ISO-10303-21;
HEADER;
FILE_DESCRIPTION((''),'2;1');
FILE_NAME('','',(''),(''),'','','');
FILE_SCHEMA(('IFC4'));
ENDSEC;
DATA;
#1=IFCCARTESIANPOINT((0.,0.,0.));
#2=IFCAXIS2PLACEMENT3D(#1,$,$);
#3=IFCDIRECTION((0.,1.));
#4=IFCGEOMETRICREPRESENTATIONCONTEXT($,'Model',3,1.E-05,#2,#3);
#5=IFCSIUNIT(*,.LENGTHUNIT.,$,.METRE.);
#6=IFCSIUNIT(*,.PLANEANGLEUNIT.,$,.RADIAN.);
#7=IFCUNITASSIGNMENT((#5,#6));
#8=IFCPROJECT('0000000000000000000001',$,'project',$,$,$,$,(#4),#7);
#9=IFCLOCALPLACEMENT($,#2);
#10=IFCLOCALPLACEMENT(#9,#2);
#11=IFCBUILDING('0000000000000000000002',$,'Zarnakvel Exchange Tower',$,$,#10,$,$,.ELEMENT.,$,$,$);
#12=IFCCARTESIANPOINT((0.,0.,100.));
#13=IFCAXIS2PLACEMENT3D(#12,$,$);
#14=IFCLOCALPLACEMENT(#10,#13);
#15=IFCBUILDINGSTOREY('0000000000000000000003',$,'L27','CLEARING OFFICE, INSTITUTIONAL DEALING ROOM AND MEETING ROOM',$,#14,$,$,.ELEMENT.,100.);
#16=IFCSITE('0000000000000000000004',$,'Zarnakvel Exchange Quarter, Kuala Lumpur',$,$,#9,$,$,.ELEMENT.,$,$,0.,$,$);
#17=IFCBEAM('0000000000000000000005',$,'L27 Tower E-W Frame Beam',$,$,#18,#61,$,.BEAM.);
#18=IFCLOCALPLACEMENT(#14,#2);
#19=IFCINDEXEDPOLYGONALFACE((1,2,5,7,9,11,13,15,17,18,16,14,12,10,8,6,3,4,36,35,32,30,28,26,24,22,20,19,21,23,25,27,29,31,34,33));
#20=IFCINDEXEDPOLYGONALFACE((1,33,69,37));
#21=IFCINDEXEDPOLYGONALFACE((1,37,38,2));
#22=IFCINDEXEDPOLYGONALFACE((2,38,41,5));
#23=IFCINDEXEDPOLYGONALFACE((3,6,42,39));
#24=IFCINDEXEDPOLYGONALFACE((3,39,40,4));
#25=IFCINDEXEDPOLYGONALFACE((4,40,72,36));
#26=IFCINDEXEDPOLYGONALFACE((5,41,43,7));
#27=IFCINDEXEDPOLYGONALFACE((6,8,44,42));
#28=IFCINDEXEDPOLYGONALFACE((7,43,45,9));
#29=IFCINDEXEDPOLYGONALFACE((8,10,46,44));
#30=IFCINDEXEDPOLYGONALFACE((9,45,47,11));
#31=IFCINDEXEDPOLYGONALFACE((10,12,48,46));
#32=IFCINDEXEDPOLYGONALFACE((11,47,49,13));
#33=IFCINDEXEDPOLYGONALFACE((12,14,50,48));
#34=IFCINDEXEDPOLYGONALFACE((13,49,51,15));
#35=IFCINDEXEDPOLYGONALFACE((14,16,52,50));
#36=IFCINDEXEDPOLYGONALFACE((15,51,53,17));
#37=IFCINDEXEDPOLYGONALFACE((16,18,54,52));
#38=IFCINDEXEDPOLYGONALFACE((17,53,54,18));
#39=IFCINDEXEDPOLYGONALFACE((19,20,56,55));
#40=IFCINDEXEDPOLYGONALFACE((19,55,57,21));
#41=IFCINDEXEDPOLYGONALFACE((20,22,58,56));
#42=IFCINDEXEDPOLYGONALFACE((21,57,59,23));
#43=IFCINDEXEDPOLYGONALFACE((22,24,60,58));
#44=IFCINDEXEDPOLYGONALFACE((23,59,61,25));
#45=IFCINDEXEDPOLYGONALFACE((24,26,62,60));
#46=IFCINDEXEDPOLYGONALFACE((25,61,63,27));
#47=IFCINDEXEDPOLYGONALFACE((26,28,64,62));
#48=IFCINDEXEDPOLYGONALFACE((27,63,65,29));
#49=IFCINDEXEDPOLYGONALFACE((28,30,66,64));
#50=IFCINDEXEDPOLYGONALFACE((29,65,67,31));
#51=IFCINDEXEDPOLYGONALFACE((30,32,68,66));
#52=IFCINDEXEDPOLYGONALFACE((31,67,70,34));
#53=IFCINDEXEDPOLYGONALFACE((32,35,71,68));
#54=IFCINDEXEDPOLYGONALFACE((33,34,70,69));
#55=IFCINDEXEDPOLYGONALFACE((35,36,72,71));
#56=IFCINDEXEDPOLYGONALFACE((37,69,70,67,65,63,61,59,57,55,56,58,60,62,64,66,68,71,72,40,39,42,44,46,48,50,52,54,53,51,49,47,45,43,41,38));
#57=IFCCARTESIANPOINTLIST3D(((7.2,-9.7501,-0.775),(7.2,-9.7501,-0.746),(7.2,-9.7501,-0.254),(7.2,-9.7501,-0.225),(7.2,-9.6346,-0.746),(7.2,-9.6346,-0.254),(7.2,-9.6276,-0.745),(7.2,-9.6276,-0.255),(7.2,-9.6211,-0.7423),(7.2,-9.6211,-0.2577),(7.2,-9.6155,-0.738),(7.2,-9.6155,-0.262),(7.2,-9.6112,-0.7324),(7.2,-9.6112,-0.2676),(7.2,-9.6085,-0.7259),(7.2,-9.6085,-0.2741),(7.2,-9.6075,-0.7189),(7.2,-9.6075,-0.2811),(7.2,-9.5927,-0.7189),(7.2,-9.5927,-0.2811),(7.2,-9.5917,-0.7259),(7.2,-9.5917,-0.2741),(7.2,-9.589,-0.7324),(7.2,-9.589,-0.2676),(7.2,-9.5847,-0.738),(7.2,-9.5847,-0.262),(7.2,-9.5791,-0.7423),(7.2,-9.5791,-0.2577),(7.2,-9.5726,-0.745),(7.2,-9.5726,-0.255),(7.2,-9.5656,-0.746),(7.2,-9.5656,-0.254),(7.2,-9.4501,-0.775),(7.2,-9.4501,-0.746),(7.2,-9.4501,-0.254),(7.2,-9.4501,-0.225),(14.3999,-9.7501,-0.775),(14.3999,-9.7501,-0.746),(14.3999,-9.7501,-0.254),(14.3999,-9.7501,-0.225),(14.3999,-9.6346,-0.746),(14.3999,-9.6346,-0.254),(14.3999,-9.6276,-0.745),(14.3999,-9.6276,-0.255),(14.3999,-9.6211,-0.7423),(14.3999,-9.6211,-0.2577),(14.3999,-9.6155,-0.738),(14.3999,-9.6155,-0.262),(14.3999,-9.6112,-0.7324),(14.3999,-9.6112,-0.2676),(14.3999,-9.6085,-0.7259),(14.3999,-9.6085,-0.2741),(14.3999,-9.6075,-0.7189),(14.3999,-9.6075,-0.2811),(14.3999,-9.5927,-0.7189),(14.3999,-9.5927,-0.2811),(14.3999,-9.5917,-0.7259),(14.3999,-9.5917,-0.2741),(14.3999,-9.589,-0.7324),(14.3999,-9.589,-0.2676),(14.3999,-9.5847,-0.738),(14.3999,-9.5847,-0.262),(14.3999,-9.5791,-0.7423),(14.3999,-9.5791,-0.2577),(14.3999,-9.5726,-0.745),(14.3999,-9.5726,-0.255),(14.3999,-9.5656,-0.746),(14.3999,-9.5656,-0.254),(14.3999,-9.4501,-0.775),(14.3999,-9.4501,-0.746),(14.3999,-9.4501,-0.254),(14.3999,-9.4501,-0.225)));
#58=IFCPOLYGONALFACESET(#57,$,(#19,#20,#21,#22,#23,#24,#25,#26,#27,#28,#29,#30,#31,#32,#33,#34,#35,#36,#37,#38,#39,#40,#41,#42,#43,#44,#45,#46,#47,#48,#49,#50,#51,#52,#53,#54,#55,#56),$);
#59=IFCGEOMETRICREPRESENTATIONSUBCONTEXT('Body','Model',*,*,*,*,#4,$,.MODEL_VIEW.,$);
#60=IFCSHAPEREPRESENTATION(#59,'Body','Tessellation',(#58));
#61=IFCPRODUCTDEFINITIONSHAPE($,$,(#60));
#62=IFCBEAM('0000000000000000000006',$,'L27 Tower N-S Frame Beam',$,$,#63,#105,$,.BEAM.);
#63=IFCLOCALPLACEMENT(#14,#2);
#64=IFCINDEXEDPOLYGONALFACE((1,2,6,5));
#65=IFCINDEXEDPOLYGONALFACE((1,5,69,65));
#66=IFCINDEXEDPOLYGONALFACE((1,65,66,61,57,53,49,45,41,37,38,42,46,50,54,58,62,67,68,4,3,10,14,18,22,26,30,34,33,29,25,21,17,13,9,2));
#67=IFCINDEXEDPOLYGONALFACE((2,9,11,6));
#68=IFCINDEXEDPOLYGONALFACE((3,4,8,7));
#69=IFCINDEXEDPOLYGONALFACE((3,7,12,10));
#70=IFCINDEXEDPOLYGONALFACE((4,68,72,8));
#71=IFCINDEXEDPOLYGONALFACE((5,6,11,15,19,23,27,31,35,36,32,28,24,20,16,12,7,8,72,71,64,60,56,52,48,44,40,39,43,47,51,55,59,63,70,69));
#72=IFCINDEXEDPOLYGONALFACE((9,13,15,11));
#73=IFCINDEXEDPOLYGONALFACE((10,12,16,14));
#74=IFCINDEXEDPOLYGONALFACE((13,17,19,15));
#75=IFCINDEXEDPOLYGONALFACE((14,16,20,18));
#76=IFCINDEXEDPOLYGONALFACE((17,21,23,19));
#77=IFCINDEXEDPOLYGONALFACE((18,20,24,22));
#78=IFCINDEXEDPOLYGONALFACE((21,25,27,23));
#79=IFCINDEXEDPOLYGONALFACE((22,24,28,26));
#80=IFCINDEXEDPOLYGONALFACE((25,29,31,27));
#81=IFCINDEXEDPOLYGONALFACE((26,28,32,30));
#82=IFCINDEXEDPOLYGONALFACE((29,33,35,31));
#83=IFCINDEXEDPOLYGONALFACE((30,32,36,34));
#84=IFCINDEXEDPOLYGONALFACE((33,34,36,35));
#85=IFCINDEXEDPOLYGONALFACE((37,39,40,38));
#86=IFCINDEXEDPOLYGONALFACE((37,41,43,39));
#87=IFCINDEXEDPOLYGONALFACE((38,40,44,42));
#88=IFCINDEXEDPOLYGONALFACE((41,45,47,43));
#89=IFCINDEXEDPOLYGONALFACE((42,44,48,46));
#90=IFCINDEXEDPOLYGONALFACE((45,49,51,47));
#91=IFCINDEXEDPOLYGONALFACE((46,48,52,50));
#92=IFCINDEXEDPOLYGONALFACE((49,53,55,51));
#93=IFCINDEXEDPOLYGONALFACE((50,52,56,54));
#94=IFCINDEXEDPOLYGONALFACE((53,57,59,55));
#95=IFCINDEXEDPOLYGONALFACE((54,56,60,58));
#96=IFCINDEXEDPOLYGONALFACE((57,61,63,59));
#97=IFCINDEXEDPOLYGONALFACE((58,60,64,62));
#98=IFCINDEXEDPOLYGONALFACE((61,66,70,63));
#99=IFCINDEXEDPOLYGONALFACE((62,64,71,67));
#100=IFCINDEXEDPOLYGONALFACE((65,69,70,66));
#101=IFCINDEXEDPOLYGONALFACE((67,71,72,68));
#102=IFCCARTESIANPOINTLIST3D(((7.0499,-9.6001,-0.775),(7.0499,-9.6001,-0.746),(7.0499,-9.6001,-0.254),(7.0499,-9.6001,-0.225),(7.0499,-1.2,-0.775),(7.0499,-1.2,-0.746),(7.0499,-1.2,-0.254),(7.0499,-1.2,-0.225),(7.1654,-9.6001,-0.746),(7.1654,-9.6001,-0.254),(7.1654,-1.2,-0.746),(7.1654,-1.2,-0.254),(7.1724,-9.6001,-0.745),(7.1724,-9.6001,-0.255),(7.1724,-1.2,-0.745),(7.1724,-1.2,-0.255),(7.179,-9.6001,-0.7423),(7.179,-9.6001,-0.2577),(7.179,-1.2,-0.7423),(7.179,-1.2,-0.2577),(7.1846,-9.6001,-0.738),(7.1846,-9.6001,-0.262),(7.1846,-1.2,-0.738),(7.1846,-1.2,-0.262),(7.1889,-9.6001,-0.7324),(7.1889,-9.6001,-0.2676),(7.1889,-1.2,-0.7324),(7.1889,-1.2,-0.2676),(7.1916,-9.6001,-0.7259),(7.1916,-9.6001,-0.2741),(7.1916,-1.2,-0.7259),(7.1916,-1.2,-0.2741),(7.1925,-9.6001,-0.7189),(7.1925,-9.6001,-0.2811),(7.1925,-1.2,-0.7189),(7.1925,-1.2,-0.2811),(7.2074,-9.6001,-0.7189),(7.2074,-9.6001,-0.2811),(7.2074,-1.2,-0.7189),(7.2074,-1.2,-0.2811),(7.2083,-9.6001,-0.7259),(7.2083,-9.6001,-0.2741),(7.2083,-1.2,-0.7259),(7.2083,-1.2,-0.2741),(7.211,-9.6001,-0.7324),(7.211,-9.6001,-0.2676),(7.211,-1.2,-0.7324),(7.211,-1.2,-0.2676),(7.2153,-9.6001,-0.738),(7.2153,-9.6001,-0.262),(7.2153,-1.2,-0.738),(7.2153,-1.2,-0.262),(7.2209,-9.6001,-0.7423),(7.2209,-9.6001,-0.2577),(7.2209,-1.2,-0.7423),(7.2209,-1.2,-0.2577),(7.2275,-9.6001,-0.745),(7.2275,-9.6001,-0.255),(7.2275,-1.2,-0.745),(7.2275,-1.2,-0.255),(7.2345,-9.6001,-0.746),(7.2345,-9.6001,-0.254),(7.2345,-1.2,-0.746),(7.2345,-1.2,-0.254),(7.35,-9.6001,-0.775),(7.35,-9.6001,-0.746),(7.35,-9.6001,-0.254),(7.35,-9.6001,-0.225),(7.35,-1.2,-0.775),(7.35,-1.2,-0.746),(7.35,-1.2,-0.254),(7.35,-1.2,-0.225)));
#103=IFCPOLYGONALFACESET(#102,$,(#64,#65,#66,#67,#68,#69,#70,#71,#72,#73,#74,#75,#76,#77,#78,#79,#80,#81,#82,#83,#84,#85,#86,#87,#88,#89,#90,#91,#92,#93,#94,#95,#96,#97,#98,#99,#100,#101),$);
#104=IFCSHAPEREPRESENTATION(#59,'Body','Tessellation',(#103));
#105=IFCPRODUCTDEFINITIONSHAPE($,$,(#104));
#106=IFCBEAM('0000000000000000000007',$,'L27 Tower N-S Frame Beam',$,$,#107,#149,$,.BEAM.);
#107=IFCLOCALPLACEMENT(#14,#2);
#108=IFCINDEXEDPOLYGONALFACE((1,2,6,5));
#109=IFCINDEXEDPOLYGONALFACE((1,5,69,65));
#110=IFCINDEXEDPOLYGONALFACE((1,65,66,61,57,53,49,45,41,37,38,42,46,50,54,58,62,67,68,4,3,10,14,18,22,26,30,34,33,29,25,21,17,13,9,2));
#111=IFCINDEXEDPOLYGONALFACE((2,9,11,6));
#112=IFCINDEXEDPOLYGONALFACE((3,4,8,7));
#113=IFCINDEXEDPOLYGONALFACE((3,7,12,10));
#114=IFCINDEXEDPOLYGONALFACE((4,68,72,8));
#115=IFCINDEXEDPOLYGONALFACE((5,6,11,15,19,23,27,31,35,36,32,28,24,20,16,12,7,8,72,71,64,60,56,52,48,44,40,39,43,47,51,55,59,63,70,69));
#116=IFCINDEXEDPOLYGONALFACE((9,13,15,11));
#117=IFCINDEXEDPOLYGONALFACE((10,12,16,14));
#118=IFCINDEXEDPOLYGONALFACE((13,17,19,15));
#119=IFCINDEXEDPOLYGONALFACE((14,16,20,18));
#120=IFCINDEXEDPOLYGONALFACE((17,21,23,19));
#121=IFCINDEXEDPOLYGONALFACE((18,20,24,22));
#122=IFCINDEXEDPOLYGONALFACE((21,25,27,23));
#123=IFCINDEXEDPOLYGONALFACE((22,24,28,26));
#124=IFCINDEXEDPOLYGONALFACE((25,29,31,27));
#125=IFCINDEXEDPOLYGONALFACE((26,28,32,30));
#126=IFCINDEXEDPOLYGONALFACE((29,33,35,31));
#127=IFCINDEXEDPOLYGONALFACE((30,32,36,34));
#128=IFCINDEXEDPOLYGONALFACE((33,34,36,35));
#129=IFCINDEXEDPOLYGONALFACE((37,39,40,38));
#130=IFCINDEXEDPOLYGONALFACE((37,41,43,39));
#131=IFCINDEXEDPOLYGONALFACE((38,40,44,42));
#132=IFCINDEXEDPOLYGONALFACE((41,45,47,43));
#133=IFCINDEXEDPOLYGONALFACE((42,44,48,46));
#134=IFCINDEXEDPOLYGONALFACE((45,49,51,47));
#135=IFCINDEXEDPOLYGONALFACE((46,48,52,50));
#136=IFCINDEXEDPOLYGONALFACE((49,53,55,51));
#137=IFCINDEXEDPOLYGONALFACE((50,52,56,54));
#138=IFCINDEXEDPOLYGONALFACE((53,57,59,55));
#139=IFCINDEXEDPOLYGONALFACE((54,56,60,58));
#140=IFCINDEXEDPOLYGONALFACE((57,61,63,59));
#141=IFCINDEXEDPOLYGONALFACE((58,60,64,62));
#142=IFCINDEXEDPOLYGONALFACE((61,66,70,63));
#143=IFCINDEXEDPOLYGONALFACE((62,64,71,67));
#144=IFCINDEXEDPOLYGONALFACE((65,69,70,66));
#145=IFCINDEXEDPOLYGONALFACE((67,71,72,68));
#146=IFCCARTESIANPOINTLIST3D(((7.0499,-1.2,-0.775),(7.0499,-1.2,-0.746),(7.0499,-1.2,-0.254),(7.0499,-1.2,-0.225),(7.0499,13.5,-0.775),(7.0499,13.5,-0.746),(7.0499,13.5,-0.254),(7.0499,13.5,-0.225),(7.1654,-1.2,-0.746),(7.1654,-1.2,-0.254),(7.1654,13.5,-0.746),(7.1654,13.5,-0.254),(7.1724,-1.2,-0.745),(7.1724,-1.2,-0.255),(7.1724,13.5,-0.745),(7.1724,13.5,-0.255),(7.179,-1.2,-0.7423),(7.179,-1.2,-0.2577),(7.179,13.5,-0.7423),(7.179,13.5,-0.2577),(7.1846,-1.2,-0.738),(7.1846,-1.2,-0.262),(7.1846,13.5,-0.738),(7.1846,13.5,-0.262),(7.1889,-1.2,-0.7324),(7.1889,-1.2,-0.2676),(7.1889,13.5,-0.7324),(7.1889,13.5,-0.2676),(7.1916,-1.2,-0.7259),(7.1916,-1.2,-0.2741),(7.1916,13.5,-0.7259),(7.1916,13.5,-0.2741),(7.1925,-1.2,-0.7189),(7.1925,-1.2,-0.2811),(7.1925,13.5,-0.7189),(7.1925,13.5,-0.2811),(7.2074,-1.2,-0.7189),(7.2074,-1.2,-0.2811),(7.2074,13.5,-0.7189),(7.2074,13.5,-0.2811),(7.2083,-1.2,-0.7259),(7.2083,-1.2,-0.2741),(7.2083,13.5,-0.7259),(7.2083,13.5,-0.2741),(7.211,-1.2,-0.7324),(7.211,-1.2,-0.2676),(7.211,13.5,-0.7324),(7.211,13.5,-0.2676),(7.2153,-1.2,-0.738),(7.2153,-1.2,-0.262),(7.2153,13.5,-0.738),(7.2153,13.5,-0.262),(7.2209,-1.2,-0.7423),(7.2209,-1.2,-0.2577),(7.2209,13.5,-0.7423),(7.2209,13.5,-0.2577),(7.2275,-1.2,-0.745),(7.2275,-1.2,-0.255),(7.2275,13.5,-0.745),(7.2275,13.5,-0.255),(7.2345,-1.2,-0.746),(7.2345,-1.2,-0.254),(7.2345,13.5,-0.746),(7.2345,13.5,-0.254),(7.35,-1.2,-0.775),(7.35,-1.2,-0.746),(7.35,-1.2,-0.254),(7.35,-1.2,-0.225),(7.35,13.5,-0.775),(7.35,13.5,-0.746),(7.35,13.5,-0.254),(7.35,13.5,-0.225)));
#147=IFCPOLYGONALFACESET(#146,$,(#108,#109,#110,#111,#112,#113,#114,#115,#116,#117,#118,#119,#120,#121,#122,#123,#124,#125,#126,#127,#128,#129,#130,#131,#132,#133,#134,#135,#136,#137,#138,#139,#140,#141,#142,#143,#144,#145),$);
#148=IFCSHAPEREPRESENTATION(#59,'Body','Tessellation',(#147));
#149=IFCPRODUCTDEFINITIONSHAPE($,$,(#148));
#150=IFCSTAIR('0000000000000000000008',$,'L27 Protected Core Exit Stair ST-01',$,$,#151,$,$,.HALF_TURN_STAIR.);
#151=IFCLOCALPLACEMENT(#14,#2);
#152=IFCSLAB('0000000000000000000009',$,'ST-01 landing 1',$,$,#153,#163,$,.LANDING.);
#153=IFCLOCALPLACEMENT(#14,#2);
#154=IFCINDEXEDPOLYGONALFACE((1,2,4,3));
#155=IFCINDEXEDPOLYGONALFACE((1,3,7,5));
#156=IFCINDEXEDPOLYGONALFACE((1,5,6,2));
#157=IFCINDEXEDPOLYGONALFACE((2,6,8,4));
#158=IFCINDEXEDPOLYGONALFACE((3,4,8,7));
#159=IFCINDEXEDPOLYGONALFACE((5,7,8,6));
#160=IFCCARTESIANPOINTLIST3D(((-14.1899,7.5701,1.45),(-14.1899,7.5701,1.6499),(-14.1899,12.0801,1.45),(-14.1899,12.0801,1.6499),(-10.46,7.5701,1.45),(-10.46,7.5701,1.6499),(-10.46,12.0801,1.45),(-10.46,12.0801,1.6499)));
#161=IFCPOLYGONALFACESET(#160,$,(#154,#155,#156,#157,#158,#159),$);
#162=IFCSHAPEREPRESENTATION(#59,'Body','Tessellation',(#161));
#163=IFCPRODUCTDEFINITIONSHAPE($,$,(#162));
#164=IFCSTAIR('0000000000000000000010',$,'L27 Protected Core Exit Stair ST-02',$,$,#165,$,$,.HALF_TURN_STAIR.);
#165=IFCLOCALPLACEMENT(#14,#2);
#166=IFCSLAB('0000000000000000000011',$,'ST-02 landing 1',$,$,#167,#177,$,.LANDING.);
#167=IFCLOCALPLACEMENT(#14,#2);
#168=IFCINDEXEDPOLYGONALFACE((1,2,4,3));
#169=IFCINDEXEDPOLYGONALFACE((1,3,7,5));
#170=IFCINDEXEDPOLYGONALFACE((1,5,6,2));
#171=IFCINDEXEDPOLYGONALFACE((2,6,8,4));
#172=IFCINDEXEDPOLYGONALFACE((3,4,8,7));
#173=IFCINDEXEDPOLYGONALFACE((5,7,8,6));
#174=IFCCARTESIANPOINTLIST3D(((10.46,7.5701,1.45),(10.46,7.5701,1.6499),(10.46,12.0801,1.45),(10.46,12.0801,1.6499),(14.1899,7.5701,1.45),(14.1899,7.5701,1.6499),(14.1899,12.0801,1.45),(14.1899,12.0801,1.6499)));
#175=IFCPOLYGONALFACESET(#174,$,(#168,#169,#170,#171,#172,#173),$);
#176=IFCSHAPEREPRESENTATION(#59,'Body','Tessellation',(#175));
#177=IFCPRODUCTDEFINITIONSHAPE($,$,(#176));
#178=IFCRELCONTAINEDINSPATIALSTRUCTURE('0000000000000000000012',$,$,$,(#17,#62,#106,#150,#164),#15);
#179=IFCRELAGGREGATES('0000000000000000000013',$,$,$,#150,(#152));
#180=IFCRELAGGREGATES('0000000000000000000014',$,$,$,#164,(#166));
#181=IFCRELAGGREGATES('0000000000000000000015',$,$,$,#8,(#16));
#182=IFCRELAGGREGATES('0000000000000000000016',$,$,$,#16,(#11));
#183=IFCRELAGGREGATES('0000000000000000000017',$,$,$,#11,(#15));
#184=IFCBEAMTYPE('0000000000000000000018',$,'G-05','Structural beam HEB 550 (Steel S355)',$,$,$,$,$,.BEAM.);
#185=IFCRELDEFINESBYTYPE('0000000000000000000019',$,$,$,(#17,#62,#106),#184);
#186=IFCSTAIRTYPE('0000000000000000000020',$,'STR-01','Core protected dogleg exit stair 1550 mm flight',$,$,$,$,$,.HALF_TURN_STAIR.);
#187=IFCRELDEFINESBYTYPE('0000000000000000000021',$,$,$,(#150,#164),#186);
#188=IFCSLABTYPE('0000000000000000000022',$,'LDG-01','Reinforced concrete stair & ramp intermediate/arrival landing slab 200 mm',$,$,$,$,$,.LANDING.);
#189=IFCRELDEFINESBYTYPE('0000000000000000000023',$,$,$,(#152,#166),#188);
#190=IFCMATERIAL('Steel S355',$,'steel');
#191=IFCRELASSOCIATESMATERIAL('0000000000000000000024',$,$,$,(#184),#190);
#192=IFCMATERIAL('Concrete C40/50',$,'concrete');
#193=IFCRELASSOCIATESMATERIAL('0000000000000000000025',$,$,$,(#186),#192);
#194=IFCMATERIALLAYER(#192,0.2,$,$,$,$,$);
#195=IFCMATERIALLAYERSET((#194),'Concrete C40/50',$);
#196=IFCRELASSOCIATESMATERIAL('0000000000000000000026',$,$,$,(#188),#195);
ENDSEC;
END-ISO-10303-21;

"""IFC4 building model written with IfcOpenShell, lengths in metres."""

from ifc_helpers import new_model, si_unit, direction, frame, origin, origin_2d, place, context, subcontext, project, spatial, polyline, i_section, outline, extrude, material, layer, layer_set, material_profile, profile_set, type_object, element, aggregate, save


model = new_model("IFC4")

# Units and contexts
model_context = context("Model", 3, precision=1e-05, world=origin(), true_north=direction((0.0, 1.0)))
body_context = subcontext(model_context, "Body", "Model", "MODEL_VIEW")
ifc_project = project(units=[si_unit("LENGTHUNIT", "METRE"), si_unit("PLANEANGLEUNIT", "RADIAN")], contexts=[model_context])

# Site, building, storey
site_placement = place(None, origin())
site = spatial("IfcSite", under=ifc_project, at=site_placement, Name="Zarnakvel Exchange Quarter, Kuala Lumpur", CompositionType="ELEMENT", RefElevation=0.0)
building_placement = place(site_placement, origin())
building = spatial("IfcBuilding", under=site, at=building_placement, Name="Zarnakvel Exchange Tower", CompositionType="ELEMENT")
storey_placement = place(building_placement, frame((0.0, 0.0, 100.0)))
storey = spatial("IfcBuildingStorey", under=building, at=storey_placement, Name="L27", Description="CLEARING OFFICE, INSTITUTIONAL DEALING ROOM AND MEETING ROOM", CompositionType="ELEMENT", Elevation=100.0)

# Beams
ifc_material_1 = material(Name="Steel S355", Category="steel")
ifc_material_profile_1 = material_profile(ifc_material_1, i_section(OverallWidth=0.3, OverallDepth=0.55, WebThickness=0.0149, FlangeThickness=0.0291, FilletRadius=0.0271, at=origin_2d()))
ifc_profile_set_1 = profile_set([ifc_material_profile_1], Name="Steel S355")
beam_type_1 = type_object("IfcBeamType", Name="G-05", Description="Structural beam HEB 550 (Steel S355)", PredefinedType="BEAM", material=ifc_profile_set_1)
beam_1_placement = place(storey_placement, frame((7.2, -9.6001, -0.5), z_axis=(1.0, 0.0, 0.0), x_axis=(0.0, 1.0, 0.0)))
element("IfcBeam", 1, at=beam_1_placement, inside=storey, type_object=beam_type_1, Name="L27 Tower E-W Frame Beam", PredefinedType="BEAM", context=body_context, shape_type="SweptSolid", body=[
    extrude(i_section(OverallWidth=0.3, OverallDepth=0.55, WebThickness=0.0149, FlangeThickness=0.0291, FilletRadius=0.0271, at=origin_2d()), origin(), (0.0, 0.0, 1.0), 7.2),
])
beam_2_placement = place(storey_placement, frame((7.2, -9.6001, -0.5), z_axis=(0.0, 1.0, 0.0), x_axis=(-1.0, 0.0, 0.0)))
element("IfcBeam", 2, at=beam_2_placement, inside=storey, type_object=beam_type_1, Name="L27 Tower N-S Frame Beam", PredefinedType="BEAM", context=body_context, shape_type="SweptSolid", body=[
    extrude(i_section(OverallWidth=0.3, OverallDepth=0.55, WebThickness=0.0149, FlangeThickness=0.0291, FilletRadius=0.0271, at=origin_2d()), origin(), (0.0, 0.0, 1.0), 8.4001),
])
beam_3_placement = place(storey_placement, frame((7.2, -1.2, -0.5), z_axis=(0.0, 1.0, 0.0), x_axis=(-1.0, 0.0, 0.0)))
element("IfcBeam", 3, at=beam_3_placement, inside=storey, type_object=beam_type_1, Name="L27 Tower N-S Frame Beam", PredefinedType="BEAM", context=body_context, shape_type="SweptSolid", body=[
    extrude(i_section(OverallWidth=0.3, OverallDepth=0.55, WebThickness=0.0149, FlangeThickness=0.0291, FilletRadius=0.0271, at=origin_2d()), origin(), (0.0, 0.0, 1.0), 14.7),
])

# Stairs, slabs
ifc_material_2 = material(Name="Concrete C40/50", Category="concrete")
stair_type = type_object("IfcStairType", Name="STR-01", Description="Core protected dogleg exit stair 1550 mm flight", PredefinedType="HALF_TURN_STAIR", material=ifc_material_2)
stair_1_placement = place(storey_placement, origin())
stair_1 = element("IfcStair", 4, at=stair_1_placement, inside=storey, type_object=stair_type, Name="L27 Protected Core Exit Stair ST-01", PredefinedType="HALF_TURN_STAIR")
ifc_layer_1 = layer(ifc_material_2, 0.2)
ifc_layer_set_1 = layer_set([ifc_layer_1], Name="Concrete C40/50")
slab_type_1 = type_object("IfcSlabType", Name="LDG-01", Description="Reinforced concrete stair & ramp intermediate/arrival landing slab 200 mm", PredefinedType="LANDING", material=ifc_layer_set_1)
slab_1_placement = place(storey_placement, frame((0.0, 0.0, 1.45)))
slab_1 = element("IfcSlab", 5, at=slab_1_placement, type_object=slab_type_1, Name="ST-01 landing 1", PredefinedType="LANDING", context=body_context, shape_type="SweptSolid", body=[
    extrude(outline(polyline([(-14.1899, 7.5701), (-10.46, 7.5701), (-10.46, 12.0801), (-14.1899, 12.0801), (-14.1899, 7.5701)])), origin(), (0.0, 0.0, 1.0), 0.2),
])
aggregate(stair_1, [slab_1])
stair_2_placement = place(storey_placement, origin())
stair_2 = element("IfcStair", 6, at=stair_2_placement, inside=storey, type_object=stair_type, Name="L27 Protected Core Exit Stair ST-02", PredefinedType="HALF_TURN_STAIR")
slab_2_placement = place(storey_placement, frame((0.0, 0.0, 1.45)))
slab_2 = element("IfcSlab", 7, at=slab_2_placement, type_object=slab_type_1, Name="ST-02 landing 1", PredefinedType="LANDING", context=body_context, shape_type="SweptSolid", body=[
    extrude(outline(polyline([(10.46, 7.5701), (14.1899, 7.5701), (14.1899, 12.0801), (10.46, 12.0801), (10.46, 7.5701)])), origin(), (0.0, 0.0, 1.0), 0.2),
])
aggregate(stair_2, [slab_2])

save(model, "model.ifc")
